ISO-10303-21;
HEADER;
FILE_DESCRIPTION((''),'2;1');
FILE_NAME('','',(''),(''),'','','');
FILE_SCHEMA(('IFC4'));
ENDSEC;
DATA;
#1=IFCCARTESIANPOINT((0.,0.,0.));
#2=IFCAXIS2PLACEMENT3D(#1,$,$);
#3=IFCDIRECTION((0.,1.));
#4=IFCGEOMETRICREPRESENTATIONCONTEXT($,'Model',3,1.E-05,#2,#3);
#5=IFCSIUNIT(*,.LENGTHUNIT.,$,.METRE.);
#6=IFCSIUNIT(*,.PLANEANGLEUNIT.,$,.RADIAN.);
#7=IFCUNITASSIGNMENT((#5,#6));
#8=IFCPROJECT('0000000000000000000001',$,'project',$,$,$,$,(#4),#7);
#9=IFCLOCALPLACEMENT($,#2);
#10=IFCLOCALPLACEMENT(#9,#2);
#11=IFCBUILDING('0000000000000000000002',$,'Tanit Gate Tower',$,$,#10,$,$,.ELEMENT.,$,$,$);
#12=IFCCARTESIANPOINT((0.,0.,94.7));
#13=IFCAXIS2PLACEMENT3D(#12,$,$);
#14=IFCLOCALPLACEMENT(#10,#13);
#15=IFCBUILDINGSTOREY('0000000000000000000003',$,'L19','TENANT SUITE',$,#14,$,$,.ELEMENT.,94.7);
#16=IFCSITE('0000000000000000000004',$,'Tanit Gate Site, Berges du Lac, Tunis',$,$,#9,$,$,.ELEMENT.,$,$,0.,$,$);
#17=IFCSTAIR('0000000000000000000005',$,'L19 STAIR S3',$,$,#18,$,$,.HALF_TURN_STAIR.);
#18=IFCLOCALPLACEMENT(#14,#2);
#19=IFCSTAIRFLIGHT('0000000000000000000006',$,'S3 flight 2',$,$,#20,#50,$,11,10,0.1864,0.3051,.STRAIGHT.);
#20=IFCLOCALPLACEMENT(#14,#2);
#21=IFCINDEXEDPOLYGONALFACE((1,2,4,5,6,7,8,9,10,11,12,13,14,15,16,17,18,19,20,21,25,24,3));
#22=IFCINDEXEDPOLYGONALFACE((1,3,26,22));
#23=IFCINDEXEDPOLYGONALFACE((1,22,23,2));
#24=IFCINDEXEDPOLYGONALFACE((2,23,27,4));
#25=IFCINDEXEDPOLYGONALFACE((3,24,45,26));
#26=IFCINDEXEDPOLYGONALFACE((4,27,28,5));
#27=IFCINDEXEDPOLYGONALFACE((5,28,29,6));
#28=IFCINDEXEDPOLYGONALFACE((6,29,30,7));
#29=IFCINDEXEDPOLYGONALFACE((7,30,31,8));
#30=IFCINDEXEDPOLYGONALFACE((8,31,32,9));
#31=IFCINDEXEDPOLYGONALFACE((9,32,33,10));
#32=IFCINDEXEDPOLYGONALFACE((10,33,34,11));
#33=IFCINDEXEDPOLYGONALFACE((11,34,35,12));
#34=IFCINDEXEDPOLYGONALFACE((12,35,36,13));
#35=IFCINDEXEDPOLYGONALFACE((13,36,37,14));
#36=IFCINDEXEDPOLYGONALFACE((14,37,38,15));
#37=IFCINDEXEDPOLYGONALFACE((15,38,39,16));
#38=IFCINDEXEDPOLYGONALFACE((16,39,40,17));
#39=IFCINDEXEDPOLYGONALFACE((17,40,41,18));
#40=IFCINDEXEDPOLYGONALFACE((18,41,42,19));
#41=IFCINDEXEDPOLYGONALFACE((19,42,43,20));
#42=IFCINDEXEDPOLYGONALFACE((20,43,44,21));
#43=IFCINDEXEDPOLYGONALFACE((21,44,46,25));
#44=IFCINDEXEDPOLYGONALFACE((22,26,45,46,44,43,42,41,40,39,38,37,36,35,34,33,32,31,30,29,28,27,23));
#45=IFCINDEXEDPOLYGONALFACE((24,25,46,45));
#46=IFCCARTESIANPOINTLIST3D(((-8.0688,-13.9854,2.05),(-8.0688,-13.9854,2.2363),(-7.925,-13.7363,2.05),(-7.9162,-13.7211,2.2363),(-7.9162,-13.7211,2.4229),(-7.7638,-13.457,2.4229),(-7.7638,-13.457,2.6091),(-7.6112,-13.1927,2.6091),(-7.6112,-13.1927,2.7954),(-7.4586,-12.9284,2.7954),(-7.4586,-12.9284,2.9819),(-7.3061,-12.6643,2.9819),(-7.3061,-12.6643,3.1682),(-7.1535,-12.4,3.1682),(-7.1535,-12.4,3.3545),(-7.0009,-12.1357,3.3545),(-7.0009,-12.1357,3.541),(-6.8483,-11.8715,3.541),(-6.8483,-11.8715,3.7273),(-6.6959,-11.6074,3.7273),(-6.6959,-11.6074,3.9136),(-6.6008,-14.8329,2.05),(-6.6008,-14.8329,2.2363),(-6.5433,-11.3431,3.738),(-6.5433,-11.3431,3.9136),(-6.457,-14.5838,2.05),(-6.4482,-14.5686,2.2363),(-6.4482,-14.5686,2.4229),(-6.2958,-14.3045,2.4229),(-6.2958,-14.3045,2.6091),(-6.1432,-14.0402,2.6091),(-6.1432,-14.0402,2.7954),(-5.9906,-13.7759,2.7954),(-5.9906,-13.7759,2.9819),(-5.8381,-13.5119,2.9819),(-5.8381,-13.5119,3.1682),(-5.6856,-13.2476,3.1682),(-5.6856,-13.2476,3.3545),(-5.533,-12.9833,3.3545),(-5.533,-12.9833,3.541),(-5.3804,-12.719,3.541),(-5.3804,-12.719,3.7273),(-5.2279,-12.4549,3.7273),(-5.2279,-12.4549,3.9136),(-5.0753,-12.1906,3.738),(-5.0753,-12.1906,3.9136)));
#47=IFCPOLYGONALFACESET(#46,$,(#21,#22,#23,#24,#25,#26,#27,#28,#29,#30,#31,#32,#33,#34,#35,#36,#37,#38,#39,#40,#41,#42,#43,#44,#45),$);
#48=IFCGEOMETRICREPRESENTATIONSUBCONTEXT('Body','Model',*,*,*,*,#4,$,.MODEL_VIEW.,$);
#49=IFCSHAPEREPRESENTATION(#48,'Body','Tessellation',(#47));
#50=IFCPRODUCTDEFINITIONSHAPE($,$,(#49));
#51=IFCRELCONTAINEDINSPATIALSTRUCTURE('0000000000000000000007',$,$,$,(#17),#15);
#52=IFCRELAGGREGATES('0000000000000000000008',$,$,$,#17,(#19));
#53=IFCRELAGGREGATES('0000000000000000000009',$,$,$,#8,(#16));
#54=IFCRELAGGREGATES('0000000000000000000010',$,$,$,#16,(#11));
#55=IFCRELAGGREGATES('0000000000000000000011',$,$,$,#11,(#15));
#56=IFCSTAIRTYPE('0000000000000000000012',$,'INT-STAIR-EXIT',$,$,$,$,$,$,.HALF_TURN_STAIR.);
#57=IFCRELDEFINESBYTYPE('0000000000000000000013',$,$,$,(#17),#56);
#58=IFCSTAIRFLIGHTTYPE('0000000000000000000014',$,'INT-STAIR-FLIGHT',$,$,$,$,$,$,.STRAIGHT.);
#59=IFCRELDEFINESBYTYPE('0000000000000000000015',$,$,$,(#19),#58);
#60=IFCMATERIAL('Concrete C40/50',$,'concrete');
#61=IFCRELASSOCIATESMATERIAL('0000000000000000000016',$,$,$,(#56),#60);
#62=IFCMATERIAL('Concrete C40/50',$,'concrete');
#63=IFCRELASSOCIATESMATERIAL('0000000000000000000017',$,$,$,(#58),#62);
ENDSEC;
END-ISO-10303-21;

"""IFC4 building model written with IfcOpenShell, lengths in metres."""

from ifc_helpers import new_model, si_unit, direction, frame, origin, place, context, subcontext, project, spatial, polyline, outline, extrude, material, type_object, element, aggregate, save


model = new_model("IFC4")

# Units and contexts
model_context = context("Model", 3, precision=1e-05, world=origin(), true_north=direction((0.0, 1.0)))
body_context = subcontext(model_context, "Body", "Model", "MODEL_VIEW")
ifc_project = project(units=[si_unit("LENGTHUNIT", "METRE"), si_unit("PLANEANGLEUNIT", "RADIAN")], contexts=[model_context])

# Site, building, storey
site_placement = place(None, origin())
site = spatial("IfcSite", under=ifc_project, at=site_placement, Name="Tanit Gate Site, Berges du Lac, Tunis", CompositionType="ELEMENT", RefElevation=0.0)
building_placement = place(site_placement, origin())
building = spatial("IfcBuilding", under=site, at=building_placement, Name="Tanit Gate Tower", CompositionType="ELEMENT")
storey_placement = place(building_placement, frame((0.0, 0.0, 94.7)))
storey = spatial("IfcBuildingStorey", under=building, at=storey_placement, Name="L19", Description="TENANT SUITE", CompositionType="ELEMENT", Elevation=94.7)

# Stair, stair flight
ifc_material_1 = material(Name="Concrete C40/50", Category="concrete")
stair_type = type_object("IfcStairType", Name="INT-STAIR-EXIT", PredefinedType="HALF_TURN_STAIR", material=ifc_material_1)
stair_placement = place(storey_placement, origin())
stair = element("IfcStair", 1, at=stair_placement, inside=storey, type_object=stair_type, Name="L19 STAIR S3", PredefinedType="HALF_TURN_STAIR")
ifc_material_2 = material(Name="Concrete C40/50", Category="concrete")
stair_flight_type = type_object("IfcStairFlightType", Name="INT-STAIR-FLIGHT", PredefinedType="STRAIGHT", material=ifc_material_2)
stair_flight_1_placement = place(storey_placement, frame((-7.3347, -14.4092, 2.05), z_axis=(0.0, 0.0, 1.0), x_axis=(0.5, 0.866025, 0.0)))
stair_flight_1 = element("IfcStairFlight", 2, at=stair_flight_1_placement, type_object=stair_flight_type, Name="S3 flight 2", NumberOfRisers=11, NumberOfTreads=10, PredefinedType="STRAIGHT", RiserHeight=0.1864, TreadLength=0.3051, context=body_context, shape_type="SweptSolid", body=[
    extrude(outline(polyline([(0.0, 0.0), (0.0, 0.1863), (0.3052, 0.1863), (0.3052, 0.3728), (0.6101, 0.3728), (0.6101, 0.5591), (0.9153, 0.5591), (0.9153, 0.7454), (1.2205, 0.7454), (1.2205, 0.9319), (1.5254, 0.9319), (1.5254, 1.1182), (1.8306, 1.1182), (1.8306, 1.3044), (2.1357, 1.3044), (2.1357, 1.491), (2.4409, 1.491), (2.4409, 1.6772), (2.7458, 1.6772), (2.7458, 1.8635), (3.051, 1.8635), (3.051, 2.05), (3.051, 1.688), (0.2876, 0.0), (0.0, 0.0)])), frame((0.0, 0.8477, 0.0), z_axis=(0.0, -1.0, 0.0), x_axis=(1.0, 0.0, 0.0)), (0.0, 0.0, 1.0), 1.6951),
])
aggregate(stair, [stair_flight_1])

save(model, "model.ifc")
